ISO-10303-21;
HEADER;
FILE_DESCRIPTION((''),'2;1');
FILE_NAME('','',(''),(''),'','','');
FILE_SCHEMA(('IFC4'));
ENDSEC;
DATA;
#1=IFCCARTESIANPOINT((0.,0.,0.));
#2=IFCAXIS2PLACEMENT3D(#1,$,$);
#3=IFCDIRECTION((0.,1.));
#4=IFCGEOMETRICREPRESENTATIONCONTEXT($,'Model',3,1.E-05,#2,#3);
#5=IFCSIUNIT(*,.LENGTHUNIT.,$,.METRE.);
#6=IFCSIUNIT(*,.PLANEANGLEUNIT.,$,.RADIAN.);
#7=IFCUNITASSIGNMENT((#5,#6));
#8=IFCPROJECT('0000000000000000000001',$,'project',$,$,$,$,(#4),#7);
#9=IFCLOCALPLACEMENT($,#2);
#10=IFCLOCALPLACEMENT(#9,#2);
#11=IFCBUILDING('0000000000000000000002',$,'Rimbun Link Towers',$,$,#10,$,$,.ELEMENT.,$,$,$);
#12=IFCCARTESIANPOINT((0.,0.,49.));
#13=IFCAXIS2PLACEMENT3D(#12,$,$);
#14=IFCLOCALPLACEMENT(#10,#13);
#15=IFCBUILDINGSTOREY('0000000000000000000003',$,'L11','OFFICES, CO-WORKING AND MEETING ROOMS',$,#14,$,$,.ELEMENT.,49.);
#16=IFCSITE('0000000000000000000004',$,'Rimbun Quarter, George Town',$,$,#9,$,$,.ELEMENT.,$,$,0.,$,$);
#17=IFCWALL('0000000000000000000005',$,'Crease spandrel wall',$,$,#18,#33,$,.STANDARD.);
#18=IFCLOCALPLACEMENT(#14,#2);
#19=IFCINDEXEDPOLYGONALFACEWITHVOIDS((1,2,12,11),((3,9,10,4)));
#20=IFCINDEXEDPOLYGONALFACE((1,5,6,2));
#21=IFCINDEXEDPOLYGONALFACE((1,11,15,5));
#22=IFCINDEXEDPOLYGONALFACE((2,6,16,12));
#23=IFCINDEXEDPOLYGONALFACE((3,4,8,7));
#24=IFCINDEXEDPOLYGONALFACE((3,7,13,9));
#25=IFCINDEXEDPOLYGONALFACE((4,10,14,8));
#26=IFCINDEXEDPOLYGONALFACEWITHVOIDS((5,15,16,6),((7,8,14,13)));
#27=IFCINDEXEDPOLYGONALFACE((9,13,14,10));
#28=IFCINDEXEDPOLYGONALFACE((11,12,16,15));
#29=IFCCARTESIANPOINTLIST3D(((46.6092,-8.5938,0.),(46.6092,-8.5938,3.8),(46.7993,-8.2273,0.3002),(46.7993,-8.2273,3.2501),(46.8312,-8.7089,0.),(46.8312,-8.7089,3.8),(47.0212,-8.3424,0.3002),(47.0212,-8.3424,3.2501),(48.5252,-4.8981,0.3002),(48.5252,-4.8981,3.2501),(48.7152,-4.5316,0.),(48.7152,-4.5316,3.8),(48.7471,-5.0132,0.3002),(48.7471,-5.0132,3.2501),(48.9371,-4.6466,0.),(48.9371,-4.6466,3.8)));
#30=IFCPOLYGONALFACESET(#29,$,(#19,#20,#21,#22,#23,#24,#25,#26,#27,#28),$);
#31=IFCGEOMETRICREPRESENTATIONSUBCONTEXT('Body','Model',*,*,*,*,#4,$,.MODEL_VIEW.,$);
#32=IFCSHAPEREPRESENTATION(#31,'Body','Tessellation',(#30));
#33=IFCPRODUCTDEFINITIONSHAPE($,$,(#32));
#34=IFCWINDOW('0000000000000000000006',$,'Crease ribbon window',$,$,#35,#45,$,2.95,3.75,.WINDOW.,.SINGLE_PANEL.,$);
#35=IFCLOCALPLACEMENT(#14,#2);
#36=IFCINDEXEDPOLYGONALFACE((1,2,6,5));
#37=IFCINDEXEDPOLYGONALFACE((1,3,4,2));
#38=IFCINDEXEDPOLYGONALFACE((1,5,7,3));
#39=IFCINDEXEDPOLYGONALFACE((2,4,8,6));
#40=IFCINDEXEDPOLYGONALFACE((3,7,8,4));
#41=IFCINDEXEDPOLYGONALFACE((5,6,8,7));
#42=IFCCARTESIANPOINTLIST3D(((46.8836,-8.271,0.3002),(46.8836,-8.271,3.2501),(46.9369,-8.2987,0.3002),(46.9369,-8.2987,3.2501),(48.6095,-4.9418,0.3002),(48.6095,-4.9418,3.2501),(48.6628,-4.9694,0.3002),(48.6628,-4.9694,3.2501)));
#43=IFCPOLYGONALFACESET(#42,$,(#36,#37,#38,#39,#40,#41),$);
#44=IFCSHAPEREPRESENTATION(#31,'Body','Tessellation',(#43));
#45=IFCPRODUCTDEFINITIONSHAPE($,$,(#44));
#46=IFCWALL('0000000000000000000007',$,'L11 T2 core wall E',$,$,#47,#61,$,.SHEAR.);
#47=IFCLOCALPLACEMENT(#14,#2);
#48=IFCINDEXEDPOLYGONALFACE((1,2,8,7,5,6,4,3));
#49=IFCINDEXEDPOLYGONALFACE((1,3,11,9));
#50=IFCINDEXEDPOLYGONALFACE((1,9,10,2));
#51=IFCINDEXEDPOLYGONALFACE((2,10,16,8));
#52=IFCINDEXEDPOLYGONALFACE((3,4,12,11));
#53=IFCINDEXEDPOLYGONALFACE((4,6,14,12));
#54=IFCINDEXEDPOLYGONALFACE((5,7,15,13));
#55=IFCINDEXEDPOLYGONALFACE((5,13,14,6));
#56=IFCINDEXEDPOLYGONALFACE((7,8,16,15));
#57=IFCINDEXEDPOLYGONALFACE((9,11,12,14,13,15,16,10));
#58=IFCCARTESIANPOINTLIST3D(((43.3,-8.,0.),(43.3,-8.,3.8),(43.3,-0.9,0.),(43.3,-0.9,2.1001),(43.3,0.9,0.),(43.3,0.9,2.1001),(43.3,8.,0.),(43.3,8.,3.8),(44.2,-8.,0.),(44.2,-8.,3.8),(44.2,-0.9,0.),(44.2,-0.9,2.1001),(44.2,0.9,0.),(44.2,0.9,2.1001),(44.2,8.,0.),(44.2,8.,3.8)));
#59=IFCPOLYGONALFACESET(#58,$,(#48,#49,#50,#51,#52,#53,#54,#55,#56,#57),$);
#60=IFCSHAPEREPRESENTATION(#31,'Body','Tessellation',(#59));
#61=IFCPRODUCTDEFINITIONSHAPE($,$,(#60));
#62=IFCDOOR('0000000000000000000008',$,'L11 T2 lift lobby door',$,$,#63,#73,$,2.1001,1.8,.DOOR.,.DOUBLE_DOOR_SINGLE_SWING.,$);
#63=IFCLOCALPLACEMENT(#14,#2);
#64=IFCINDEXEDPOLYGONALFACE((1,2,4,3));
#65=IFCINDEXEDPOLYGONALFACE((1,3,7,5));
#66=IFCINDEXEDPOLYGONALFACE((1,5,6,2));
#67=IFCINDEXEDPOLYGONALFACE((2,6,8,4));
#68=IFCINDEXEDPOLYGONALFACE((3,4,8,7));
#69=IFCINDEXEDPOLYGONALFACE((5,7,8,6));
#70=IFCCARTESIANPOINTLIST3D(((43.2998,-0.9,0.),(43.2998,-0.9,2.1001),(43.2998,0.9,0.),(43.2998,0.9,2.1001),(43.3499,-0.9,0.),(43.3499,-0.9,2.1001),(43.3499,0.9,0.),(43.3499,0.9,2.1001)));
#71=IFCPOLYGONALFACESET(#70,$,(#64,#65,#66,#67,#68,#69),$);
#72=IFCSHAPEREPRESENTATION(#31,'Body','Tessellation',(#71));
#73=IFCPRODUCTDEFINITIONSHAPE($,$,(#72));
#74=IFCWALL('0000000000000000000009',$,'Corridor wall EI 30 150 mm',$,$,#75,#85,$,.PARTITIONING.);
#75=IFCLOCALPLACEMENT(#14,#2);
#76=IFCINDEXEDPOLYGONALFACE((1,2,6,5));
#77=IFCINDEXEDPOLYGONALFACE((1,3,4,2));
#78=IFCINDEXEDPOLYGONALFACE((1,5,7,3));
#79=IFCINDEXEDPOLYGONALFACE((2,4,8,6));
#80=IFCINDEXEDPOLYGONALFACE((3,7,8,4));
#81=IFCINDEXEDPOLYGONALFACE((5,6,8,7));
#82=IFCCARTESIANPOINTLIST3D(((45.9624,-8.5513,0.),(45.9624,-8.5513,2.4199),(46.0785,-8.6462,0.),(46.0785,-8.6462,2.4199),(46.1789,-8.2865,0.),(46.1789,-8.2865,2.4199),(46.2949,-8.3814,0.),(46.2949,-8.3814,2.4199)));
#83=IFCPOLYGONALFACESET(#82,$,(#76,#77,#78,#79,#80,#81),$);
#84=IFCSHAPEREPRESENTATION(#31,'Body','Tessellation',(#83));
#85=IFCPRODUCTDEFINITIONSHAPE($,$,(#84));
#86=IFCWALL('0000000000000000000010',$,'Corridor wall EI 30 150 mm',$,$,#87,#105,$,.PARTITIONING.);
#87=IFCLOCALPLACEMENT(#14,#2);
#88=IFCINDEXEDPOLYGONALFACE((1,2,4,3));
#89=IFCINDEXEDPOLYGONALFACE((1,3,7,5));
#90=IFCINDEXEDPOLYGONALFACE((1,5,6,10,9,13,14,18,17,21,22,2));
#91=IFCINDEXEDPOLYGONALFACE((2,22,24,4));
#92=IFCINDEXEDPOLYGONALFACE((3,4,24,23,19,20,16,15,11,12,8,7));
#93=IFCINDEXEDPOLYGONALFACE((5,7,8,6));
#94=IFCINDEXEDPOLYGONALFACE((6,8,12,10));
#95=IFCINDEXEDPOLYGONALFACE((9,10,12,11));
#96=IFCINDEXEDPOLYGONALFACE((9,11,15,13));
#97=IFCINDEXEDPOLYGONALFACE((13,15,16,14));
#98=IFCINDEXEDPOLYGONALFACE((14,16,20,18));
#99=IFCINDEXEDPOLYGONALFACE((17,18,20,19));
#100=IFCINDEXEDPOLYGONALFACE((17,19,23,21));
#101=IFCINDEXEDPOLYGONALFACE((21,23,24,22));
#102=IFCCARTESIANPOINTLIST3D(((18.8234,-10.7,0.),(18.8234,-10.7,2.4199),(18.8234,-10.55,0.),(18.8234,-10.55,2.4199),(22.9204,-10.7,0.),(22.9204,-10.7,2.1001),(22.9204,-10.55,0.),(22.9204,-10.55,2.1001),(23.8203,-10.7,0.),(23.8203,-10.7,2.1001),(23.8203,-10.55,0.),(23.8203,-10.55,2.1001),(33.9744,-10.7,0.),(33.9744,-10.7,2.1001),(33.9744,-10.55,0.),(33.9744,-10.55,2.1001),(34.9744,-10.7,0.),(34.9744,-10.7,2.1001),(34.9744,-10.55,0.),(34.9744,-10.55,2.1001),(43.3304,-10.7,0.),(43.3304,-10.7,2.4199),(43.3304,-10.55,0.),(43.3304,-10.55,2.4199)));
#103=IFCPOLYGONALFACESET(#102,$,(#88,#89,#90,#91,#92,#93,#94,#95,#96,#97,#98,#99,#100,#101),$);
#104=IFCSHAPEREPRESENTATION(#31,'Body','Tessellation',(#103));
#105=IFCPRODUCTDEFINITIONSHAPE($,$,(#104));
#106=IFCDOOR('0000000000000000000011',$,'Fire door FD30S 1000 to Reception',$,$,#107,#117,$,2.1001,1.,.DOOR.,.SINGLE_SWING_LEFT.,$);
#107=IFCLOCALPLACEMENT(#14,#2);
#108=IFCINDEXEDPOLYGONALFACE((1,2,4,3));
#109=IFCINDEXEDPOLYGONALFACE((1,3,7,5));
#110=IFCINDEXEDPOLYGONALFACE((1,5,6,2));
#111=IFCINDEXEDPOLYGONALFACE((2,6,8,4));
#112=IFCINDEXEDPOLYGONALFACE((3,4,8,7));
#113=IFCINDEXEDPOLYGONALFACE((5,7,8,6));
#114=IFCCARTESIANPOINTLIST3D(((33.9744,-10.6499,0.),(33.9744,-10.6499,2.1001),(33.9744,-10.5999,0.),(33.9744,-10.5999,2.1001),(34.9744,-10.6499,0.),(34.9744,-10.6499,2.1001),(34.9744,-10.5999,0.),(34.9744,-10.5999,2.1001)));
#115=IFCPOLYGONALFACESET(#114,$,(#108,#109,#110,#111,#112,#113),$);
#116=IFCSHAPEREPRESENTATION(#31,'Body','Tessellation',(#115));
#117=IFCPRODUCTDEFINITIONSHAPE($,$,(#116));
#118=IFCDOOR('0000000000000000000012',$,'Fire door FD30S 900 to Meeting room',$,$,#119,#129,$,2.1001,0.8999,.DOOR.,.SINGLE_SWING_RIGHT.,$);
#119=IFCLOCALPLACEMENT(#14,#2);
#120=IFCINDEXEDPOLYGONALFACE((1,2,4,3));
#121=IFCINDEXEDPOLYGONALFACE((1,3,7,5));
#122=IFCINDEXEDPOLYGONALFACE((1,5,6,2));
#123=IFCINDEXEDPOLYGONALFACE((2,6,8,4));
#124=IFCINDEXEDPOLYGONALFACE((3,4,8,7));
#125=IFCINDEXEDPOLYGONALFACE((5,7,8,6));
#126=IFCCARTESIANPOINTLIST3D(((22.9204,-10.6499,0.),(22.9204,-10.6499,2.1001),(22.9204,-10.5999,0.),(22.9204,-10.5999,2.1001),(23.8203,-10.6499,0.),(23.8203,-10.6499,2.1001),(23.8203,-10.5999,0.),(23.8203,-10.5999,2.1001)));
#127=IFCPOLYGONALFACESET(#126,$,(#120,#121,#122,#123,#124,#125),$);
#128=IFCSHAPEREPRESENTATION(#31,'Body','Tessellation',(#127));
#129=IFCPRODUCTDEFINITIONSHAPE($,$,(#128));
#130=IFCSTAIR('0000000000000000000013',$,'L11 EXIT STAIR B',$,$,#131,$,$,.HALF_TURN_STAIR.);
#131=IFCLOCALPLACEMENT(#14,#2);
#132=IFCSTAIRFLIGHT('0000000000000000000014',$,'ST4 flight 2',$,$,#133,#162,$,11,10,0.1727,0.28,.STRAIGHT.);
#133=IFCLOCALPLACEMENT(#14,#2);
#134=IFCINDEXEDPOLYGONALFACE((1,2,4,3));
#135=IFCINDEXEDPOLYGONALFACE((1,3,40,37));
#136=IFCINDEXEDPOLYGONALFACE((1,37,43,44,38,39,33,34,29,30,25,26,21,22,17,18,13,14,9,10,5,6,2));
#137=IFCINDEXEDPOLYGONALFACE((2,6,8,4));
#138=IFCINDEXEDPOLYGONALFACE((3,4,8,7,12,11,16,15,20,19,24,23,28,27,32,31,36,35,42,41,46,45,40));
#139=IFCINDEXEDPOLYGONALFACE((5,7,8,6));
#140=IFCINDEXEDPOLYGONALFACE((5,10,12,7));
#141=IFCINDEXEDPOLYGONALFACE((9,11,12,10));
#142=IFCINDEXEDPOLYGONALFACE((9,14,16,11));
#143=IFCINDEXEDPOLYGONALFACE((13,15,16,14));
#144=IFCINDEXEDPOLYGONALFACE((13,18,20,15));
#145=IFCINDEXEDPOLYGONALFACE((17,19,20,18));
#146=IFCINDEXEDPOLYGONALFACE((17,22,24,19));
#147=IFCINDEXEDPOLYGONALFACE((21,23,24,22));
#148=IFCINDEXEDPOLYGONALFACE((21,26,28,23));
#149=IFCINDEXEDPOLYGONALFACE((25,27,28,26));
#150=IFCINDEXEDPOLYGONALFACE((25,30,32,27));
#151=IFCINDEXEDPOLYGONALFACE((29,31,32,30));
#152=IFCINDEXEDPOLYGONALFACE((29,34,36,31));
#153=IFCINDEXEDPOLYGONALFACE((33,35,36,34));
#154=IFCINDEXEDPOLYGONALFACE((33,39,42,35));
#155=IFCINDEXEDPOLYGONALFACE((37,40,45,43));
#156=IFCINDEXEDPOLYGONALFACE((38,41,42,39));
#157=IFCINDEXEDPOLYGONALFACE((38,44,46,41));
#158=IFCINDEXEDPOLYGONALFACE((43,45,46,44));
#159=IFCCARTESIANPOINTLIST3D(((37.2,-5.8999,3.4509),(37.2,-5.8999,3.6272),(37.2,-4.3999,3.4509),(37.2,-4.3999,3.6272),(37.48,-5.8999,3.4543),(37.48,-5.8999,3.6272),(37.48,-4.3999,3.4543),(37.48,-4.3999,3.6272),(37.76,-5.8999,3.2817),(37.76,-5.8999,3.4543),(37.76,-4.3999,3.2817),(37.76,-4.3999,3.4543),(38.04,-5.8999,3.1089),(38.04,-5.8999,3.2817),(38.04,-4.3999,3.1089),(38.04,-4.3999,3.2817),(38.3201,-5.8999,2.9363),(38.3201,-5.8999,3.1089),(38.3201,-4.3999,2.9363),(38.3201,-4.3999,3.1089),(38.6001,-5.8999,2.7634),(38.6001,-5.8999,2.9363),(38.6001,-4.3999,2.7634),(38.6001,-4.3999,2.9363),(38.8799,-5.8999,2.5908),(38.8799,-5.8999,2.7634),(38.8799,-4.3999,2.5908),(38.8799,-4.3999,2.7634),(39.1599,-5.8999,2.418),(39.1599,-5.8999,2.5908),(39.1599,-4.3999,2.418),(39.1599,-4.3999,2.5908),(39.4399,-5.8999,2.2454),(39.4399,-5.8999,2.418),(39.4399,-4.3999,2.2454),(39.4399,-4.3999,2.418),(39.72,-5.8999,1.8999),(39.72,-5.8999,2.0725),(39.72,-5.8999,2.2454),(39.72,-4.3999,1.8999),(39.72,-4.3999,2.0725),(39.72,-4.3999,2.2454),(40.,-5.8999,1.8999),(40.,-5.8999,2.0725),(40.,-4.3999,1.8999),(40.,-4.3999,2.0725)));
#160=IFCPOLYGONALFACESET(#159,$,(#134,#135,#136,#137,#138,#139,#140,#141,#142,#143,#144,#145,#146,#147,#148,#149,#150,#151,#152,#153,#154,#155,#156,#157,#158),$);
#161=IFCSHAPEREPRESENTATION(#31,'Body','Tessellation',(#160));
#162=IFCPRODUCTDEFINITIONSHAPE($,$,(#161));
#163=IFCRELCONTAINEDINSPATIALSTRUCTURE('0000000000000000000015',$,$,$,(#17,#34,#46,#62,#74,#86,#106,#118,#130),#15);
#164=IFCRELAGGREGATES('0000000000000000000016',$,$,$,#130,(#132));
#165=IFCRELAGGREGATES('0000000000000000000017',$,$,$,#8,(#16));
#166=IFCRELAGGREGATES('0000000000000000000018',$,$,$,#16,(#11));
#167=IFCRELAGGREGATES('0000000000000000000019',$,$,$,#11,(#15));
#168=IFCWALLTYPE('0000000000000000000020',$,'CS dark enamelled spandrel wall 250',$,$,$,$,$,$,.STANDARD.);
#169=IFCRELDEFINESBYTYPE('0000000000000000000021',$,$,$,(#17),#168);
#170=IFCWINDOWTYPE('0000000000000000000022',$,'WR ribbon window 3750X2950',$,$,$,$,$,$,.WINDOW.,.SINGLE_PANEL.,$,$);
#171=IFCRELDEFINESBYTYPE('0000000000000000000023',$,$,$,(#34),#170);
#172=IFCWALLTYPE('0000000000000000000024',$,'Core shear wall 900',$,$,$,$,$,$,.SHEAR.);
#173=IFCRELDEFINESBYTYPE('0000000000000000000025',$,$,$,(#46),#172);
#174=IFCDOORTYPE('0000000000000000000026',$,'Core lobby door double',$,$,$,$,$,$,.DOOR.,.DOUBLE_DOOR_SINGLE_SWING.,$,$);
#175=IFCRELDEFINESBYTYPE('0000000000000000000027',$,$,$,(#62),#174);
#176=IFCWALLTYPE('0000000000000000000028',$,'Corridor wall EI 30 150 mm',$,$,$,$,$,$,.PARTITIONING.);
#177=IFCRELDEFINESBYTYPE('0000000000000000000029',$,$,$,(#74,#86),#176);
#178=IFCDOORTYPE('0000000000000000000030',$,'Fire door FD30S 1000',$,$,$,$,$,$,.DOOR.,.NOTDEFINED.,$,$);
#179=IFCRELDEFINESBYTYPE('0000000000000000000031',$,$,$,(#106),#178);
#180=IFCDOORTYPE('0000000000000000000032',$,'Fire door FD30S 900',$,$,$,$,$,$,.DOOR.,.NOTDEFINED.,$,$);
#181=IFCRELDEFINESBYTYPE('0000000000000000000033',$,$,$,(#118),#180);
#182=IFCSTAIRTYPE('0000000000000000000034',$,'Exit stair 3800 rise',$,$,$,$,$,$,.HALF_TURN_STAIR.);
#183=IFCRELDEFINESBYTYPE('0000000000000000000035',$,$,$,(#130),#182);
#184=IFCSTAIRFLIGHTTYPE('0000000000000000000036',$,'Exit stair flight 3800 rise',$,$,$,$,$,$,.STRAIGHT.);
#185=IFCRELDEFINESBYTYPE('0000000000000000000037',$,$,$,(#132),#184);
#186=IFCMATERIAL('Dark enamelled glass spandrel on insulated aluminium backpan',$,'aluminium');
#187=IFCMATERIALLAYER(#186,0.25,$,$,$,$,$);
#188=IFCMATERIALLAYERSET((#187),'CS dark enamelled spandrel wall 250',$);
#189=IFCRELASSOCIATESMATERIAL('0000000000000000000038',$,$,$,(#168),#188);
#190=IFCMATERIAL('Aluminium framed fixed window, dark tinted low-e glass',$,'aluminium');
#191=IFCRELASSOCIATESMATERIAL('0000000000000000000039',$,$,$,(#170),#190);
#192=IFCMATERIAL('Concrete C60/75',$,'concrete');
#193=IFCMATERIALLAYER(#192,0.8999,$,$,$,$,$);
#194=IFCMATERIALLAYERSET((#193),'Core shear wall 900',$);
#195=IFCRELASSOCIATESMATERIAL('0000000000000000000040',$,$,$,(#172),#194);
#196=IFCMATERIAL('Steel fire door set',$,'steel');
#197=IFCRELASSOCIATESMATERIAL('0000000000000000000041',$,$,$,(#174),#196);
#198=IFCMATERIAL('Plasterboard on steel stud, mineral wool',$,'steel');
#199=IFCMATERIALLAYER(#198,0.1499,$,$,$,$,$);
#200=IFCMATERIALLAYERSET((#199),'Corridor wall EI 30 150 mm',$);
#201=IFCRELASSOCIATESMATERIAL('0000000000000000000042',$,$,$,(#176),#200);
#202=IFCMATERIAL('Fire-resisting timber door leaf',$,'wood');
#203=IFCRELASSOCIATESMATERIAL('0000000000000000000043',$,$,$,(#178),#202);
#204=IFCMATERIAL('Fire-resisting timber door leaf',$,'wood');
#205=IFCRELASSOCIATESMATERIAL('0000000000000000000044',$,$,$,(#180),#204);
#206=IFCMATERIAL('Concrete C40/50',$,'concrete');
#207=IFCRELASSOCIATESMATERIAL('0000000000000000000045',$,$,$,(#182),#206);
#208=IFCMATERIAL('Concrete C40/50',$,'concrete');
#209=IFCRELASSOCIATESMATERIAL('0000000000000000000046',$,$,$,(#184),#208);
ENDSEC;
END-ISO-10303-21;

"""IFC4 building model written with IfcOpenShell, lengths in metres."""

from ifc_helpers import new_model, si_unit, direction, frame, frame_2d, origin, place, context, subcontext, project, spatial, polyline, rectangle, outline, extrude, material, layer, layer_set, type_object, element, fill, aggregate, save


model = new_model("IFC4")

# Units and contexts
model_context = context("Model", 3, precision=1e-05, world=origin(), true_north=direction((0.0, 1.0)))
body_context = subcontext(model_context, "Body", "Model", "MODEL_VIEW")
ifc_project = project(units=[si_unit("LENGTHUNIT", "METRE"), si_unit("PLANEANGLEUNIT", "RADIAN")], contexts=[model_context])

# Site, building, storey
site_placement = place(None, origin())
site = spatial("IfcSite", under=ifc_project, at=site_placement, Name="Rimbun Quarter, George Town", CompositionType="ELEMENT", RefElevation=0.0)
building_placement = place(site_placement, origin())
building = spatial("IfcBuilding", under=site, at=building_placement, Name="Rimbun Link Towers", CompositionType="ELEMENT")
storey_placement = place(building_placement, frame((0.0, 0.0, 49.0)))
storey = spatial("IfcBuildingStorey", under=building, at=storey_placement, Name="L11", Description="OFFICES, CO-WORKING AND MEETING ROOMS", CompositionType="ELEMENT", Elevation=49.0)

# Wall, opening, window
ifc_material_1 = material(Name="Dark enamelled glass spandrel on insulated aluminium backpan", Category="aluminium")
ifc_layer_1 = layer(ifc_material_1, 0.25)
ifc_layer_set_1 = layer_set([ifc_layer_1], Name="CS dark enamelled spandrel wall 250")
wall_type_1 = type_object("IfcWallType", Name="CS dark enamelled spandrel wall 250", PredefinedType="STANDARD", material=ifc_layer_set_1)
wall_1_placement = place(storey_placement, frame((48.8262, -4.5891, 0.0), z_axis=(0.0, 0.0, 1.0), x_axis=(-0.460249, -0.88779, 0.0)))
wall_1 = element("IfcWall", 1, at=wall_1_placement, inside=storey, type_object=wall_type_1, Name="Crease spandrel wall", PredefinedType="STANDARD", context=body_context, shape_type="SweptSolid", body=[
    extrude(rectangle(XDim=4.5757, YDim=0.25, at=frame_2d((2.2878, 0.0))), origin(), (0.0, 0.0, 1.0), 3.8),
])
opening_1_placement = place(wall_1_placement, frame((0.4128, 0.0, 0.3)))
opening_1 = element("IfcOpeningElement", 2, at=opening_1_placement, cuts=wall_1, PredefinedType="OPENING", context=body_context, shape_type="SweptSolid", body=[
    extrude(rectangle(XDim=3.75, YDim=2.95, at=frame_2d((1.875, 1.4751))), frame((0.0, 0.135, 0.0), z_axis=(0.0, -1.0, 0.0), x_axis=(1.0, 0.0, 0.0)), (0.0, 0.0, 1.0), 0.27),
])
ifc_material_2 = material(Name="Aluminium framed fixed window, dark tinted low-e glass", Category="aluminium")
window_type_1 = type_object("IfcWindowType", Name="WR ribbon window 3750X2950", PartitioningType="SINGLE_PANEL", PredefinedType="WINDOW", material=ifc_material_2)
window_1_placement = place(opening_1_placement, origin())
window_1 = element("IfcWindow", 3, at=window_1_placement, inside=storey, type_object=window_type_1, Name="Crease ribbon window", OverallHeight=2.95, OverallWidth=3.75, PartitioningType="SINGLE_PANEL", PredefinedType="WINDOW", context=body_context, shape_type="SweptSolid", body=[
    extrude(rectangle(XDim=3.75, YDim=2.95, at=frame_2d((1.875, 1.4751))), frame((0.0, 0.03, 0.0), z_axis=(0.0, -1.0, 0.0), x_axis=(1.0, 0.0, 0.0)), (0.0, 0.0, 1.0), 0.0601),
])
fill(opening_1, window_1)

# Wall, opening, door
ifc_material_3 = material(Name="Concrete C60/75", Category="concrete")
ifc_layer_2 = layer(ifc_material_3, 0.8999)
ifc_layer_set_2 = layer_set([ifc_layer_2], Name="Core shear wall 900")
wall_type_2 = type_object("IfcWallType", Name="Core shear wall 900", PredefinedType="SHEAR", material=ifc_layer_set_2)
wall_2_placement = place(storey_placement, frame((43.75, -8.0, 0.0), z_axis=(0.0, 0.0, 1.0), x_axis=(0.0, 1.0, 0.0)))
wall_2 = element("IfcWall", 4, at=wall_2_placement, inside=storey, type_object=wall_type_2, Name="L11 T2 core wall E", PredefinedType="SHEAR", context=body_context, shape_type="SweptSolid", body=[
    extrude(rectangle(XDim=16.0, YDim=0.8999, at=frame_2d((8.0, 0.0))), origin(), (0.0, 0.0, 1.0), 3.8),
])
opening_2_placement = place(wall_2_placement, frame((7.1001, 0.0, 0.0)))
opening_2 = element("IfcOpeningElement", 5, at=opening_2_placement, cuts=wall_2, PredefinedType="OPENING", context=body_context, shape_type="SweptSolid", body=[
    extrude(rectangle(XDim=1.8, YDim=2.1001, at=frame_2d((0.8999, 1.05))), frame((0.0, 0.46, 0.0), z_axis=(0.0, -1.0, 0.0), x_axis=(1.0, 0.0, 0.0)), (0.0, 0.0, 1.0), 0.9199),
])
ifc_material_4 = material(Name="Steel fire door set", Category="steel")
door_type_1 = type_object("IfcDoorType", Name="Core lobby door double", OperationType="DOUBLE_DOOR_SINGLE_SWING", PredefinedType="DOOR", material=ifc_material_4)
door_1_placement = place(opening_2_placement, origin())
door_1 = element("IfcDoor", 6, at=door_1_placement, inside=storey, type_object=door_type_1, Name="L11 T2 lift lobby door", OperationType="DOUBLE_DOOR_SINGLE_SWING", OverallHeight=2.1001, OverallWidth=1.8, PredefinedType="DOOR", context=body_context, shape_type="SweptSolid", body=[
    extrude(rectangle(XDim=1.8, YDim=2.1001, at=frame_2d((0.8999, 1.05))), frame((0.0, 0.4502, 0.0), z_axis=(0.0, -1.0, 0.0), x_axis=(1.0, 0.0, 0.0)), (0.0, 0.0, 1.0), 0.05),
])
fill(opening_2, door_1)

# Wall
ifc_material_5 = material(Name="Plasterboard on steel stud, mineral wool", Category="steel")
ifc_layer_3 = layer(ifc_material_5, 0.1499)
ifc_layer_set_3 = layer_set([ifc_layer_3], Name="Corridor wall EI 30 150 mm")
wall_type_3 = type_object("IfcWallType", Name="Corridor wall EI 30 150 mm", PredefinedType="PARTITIONING", material=ifc_layer_set_3)
wall_3_placement = place(storey_placement, frame((46.0205, -8.5986, 0.0), z_axis=(0.0, 0.0, 1.0), x_axis=(0.632927, 0.774212, 0.0)))
element("IfcWall", 7, at=wall_3_placement, inside=storey, type_object=wall_type_3, Name="Corridor wall EI 30 150 mm", PredefinedType="PARTITIONING", context=body_context, shape_type="SweptSolid", body=[
    extrude(rectangle(XDim=0.342, YDim=0.1499, at=frame_2d((0.1709, 0.0))), origin(), (0.0, 0.0, 1.0), 2.4199),
])

# Wall, openings, doors
wall_4_placement = place(storey_placement, frame((43.3303, -10.625, 0.0), z_axis=(0.0, 0.0, 1.0), x_axis=(-1.0, 0.0, 0.0)))
wall_4 = element("IfcWall", 8, at=wall_4_placement, inside=storey, type_object=wall_type_3, Name="Corridor wall EI 30 150 mm", PredefinedType="PARTITIONING", context=body_context, shape_type="SweptSolid", body=[
    extrude(rectangle(XDim=24.5071, YDim=0.1499, at=frame_2d((12.2534, 0.0))), origin(), (0.0, 0.0, 1.0), 2.4199),
])
opening_3_placement = place(wall_4_placement, frame((19.51, 0.0, 0.0)))
opening_3 = element("IfcOpeningElement", 9, at=opening_3_placement, cuts=wall_4, PredefinedType="OPENING", context=body_context, shape_type="SweptSolid", body=[
    extrude(rectangle(XDim=0.8999, YDim=2.1001, at=frame_2d((0.45, 1.05))), frame((0.0, 0.085, 0.0), z_axis=(0.0, -1.0, 0.0), x_axis=(1.0, 0.0, 0.0)), (0.0, 0.0, 1.0), 0.1699),
])
opening_4_placement = place(wall_4_placement, frame((8.356, 0.0, 0.0)))
opening_4 = element("IfcOpeningElement", 10, at=opening_4_placement, cuts=wall_4, PredefinedType="OPENING", context=body_context, shape_type="SweptSolid", body=[
    extrude(rectangle(XDim=1.0, YDim=2.1001, at=frame_2d((0.5, 1.05))), frame((0.0, 0.085, 0.0), z_axis=(0.0, -1.0, 0.0), x_axis=(1.0, 0.0, 0.0)), (0.0, 0.0, 1.0), 0.1699),
])
ifc_material_6 = material(Name="Fire-resisting timber door leaf", Category="wood")
door_type_2 = type_object("IfcDoorType", Name="Fire door FD30S 1000", OperationType="NOTDEFINED", PredefinedType="DOOR", material=ifc_material_6)
door_2_placement = place(opening_4_placement, origin())
door_2 = element("IfcDoor", 11, at=door_2_placement, inside=storey, type_object=door_type_2, Name="Fire door FD30S 1000 to Reception", OperationType="SINGLE_SWING_LEFT", OverallHeight=2.1001, OverallWidth=1.0, PredefinedType="DOOR", context=body_context, shape_type="SweptSolid", body=[
    extrude(rectangle(XDim=1.0, YDim=2.1001, at=frame_2d((0.5, 1.05))), frame((0.0, 0.0249, 0.0), z_axis=(0.0, -1.0, 0.0), x_axis=(1.0, 0.0, 0.0)), (0.0, 0.0, 1.0), 0.05),
])
fill(opening_4, door_2)
ifc_material_7 = material(Name="Fire-resisting timber door leaf", Category="wood")
door_type_3 = type_object("IfcDoorType", Name="Fire door FD30S 900", OperationType="NOTDEFINED", PredefinedType="DOOR", material=ifc_material_7)
door_3_placement = place(opening_3_placement, origin())
door_3 = element("IfcDoor", 12, at=door_3_placement, inside=storey, type_object=door_type_3, Name="Fire door FD30S 900 to Meeting room", OperationType="SINGLE_SWING_RIGHT", OverallHeight=2.1001, OverallWidth=0.8999, PredefinedType="DOOR", context=body_context, shape_type="SweptSolid", body=[
    extrude(rectangle(XDim=0.8999, YDim=2.1001, at=frame_2d((0.45, 1.05))), frame((0.0, 0.0249, 0.0), z_axis=(0.0, -1.0, 0.0), x_axis=(1.0, 0.0, 0.0)), (0.0, 0.0, 1.0), 0.05),
])
fill(opening_3, door_3)

# Stair, stair flight
ifc_material_8 = material(Name="Concrete C40/50", Category="concrete")
stair_type = type_object("IfcStairType", Name="Exit stair 3800 rise", PredefinedType="HALF_TURN_STAIR", material=ifc_material_8)
stair_placement = place(storey_placement, origin())
stair = element("IfcStair", 13, at=stair_placement, inside=storey, type_object=stair_type, Name="L11 EXIT STAIR B", PredefinedType="HALF_TURN_STAIR")
ifc_material_9 = material(Name="Concrete C40/50", Category="concrete")
stair_flight_type = type_object("IfcStairFlightType", Name="Exit stair flight 3800 rise", PredefinedType="STRAIGHT", material=ifc_material_9)
stair_flight_placement = place(storey_placement, frame((40.0, -5.1499, 1.8999), z_axis=(0.0, 0.0, 1.0), x_axis=(-1.0, 0.0, 0.0)))
stair_flight = element("IfcStairFlight", 14, at=stair_flight_placement, type_object=stair_flight_type, Name="ST4 flight 2", NumberOfRisers=11, NumberOfTreads=10, PredefinedType="STRAIGHT", RiserHeight=0.1727, TreadLength=0.28, context=body_context, shape_type="SweptSolid", body=[
    extrude(outline(polyline([(0.0, 0.0), (0.0, 0.1726), (0.28, 0.1726), (0.28, 0.3455), (0.5601, 0.3455), (0.5601, 0.5181), (0.8401, 0.5181), (0.8401, 0.6909), (1.1201, 0.6909), (1.1201, 0.8635), (1.3999, 0.8635), (1.3999, 1.0364), (1.6799, 1.0364), (1.6799, 1.209), (1.96, 1.209), (1.96, 1.3818), (2.24, 1.3818), (2.24, 1.5544), (2.52, 1.5544), (2.52, 1.7273), (2.8, 1.7273), (2.8, 1.8999), (2.8, 1.551), (0.28, 0.0), (0.0, 0.0)])), frame((0.0, 0.75, 0.0), z_axis=(0.0, -1.0, 0.0), x_axis=(1.0, 0.0, 0.0)), (0.0, 0.0, 1.0), 1.5),
])
aggregate(stair, [stair_flight])

save(model, "model.ifc")
